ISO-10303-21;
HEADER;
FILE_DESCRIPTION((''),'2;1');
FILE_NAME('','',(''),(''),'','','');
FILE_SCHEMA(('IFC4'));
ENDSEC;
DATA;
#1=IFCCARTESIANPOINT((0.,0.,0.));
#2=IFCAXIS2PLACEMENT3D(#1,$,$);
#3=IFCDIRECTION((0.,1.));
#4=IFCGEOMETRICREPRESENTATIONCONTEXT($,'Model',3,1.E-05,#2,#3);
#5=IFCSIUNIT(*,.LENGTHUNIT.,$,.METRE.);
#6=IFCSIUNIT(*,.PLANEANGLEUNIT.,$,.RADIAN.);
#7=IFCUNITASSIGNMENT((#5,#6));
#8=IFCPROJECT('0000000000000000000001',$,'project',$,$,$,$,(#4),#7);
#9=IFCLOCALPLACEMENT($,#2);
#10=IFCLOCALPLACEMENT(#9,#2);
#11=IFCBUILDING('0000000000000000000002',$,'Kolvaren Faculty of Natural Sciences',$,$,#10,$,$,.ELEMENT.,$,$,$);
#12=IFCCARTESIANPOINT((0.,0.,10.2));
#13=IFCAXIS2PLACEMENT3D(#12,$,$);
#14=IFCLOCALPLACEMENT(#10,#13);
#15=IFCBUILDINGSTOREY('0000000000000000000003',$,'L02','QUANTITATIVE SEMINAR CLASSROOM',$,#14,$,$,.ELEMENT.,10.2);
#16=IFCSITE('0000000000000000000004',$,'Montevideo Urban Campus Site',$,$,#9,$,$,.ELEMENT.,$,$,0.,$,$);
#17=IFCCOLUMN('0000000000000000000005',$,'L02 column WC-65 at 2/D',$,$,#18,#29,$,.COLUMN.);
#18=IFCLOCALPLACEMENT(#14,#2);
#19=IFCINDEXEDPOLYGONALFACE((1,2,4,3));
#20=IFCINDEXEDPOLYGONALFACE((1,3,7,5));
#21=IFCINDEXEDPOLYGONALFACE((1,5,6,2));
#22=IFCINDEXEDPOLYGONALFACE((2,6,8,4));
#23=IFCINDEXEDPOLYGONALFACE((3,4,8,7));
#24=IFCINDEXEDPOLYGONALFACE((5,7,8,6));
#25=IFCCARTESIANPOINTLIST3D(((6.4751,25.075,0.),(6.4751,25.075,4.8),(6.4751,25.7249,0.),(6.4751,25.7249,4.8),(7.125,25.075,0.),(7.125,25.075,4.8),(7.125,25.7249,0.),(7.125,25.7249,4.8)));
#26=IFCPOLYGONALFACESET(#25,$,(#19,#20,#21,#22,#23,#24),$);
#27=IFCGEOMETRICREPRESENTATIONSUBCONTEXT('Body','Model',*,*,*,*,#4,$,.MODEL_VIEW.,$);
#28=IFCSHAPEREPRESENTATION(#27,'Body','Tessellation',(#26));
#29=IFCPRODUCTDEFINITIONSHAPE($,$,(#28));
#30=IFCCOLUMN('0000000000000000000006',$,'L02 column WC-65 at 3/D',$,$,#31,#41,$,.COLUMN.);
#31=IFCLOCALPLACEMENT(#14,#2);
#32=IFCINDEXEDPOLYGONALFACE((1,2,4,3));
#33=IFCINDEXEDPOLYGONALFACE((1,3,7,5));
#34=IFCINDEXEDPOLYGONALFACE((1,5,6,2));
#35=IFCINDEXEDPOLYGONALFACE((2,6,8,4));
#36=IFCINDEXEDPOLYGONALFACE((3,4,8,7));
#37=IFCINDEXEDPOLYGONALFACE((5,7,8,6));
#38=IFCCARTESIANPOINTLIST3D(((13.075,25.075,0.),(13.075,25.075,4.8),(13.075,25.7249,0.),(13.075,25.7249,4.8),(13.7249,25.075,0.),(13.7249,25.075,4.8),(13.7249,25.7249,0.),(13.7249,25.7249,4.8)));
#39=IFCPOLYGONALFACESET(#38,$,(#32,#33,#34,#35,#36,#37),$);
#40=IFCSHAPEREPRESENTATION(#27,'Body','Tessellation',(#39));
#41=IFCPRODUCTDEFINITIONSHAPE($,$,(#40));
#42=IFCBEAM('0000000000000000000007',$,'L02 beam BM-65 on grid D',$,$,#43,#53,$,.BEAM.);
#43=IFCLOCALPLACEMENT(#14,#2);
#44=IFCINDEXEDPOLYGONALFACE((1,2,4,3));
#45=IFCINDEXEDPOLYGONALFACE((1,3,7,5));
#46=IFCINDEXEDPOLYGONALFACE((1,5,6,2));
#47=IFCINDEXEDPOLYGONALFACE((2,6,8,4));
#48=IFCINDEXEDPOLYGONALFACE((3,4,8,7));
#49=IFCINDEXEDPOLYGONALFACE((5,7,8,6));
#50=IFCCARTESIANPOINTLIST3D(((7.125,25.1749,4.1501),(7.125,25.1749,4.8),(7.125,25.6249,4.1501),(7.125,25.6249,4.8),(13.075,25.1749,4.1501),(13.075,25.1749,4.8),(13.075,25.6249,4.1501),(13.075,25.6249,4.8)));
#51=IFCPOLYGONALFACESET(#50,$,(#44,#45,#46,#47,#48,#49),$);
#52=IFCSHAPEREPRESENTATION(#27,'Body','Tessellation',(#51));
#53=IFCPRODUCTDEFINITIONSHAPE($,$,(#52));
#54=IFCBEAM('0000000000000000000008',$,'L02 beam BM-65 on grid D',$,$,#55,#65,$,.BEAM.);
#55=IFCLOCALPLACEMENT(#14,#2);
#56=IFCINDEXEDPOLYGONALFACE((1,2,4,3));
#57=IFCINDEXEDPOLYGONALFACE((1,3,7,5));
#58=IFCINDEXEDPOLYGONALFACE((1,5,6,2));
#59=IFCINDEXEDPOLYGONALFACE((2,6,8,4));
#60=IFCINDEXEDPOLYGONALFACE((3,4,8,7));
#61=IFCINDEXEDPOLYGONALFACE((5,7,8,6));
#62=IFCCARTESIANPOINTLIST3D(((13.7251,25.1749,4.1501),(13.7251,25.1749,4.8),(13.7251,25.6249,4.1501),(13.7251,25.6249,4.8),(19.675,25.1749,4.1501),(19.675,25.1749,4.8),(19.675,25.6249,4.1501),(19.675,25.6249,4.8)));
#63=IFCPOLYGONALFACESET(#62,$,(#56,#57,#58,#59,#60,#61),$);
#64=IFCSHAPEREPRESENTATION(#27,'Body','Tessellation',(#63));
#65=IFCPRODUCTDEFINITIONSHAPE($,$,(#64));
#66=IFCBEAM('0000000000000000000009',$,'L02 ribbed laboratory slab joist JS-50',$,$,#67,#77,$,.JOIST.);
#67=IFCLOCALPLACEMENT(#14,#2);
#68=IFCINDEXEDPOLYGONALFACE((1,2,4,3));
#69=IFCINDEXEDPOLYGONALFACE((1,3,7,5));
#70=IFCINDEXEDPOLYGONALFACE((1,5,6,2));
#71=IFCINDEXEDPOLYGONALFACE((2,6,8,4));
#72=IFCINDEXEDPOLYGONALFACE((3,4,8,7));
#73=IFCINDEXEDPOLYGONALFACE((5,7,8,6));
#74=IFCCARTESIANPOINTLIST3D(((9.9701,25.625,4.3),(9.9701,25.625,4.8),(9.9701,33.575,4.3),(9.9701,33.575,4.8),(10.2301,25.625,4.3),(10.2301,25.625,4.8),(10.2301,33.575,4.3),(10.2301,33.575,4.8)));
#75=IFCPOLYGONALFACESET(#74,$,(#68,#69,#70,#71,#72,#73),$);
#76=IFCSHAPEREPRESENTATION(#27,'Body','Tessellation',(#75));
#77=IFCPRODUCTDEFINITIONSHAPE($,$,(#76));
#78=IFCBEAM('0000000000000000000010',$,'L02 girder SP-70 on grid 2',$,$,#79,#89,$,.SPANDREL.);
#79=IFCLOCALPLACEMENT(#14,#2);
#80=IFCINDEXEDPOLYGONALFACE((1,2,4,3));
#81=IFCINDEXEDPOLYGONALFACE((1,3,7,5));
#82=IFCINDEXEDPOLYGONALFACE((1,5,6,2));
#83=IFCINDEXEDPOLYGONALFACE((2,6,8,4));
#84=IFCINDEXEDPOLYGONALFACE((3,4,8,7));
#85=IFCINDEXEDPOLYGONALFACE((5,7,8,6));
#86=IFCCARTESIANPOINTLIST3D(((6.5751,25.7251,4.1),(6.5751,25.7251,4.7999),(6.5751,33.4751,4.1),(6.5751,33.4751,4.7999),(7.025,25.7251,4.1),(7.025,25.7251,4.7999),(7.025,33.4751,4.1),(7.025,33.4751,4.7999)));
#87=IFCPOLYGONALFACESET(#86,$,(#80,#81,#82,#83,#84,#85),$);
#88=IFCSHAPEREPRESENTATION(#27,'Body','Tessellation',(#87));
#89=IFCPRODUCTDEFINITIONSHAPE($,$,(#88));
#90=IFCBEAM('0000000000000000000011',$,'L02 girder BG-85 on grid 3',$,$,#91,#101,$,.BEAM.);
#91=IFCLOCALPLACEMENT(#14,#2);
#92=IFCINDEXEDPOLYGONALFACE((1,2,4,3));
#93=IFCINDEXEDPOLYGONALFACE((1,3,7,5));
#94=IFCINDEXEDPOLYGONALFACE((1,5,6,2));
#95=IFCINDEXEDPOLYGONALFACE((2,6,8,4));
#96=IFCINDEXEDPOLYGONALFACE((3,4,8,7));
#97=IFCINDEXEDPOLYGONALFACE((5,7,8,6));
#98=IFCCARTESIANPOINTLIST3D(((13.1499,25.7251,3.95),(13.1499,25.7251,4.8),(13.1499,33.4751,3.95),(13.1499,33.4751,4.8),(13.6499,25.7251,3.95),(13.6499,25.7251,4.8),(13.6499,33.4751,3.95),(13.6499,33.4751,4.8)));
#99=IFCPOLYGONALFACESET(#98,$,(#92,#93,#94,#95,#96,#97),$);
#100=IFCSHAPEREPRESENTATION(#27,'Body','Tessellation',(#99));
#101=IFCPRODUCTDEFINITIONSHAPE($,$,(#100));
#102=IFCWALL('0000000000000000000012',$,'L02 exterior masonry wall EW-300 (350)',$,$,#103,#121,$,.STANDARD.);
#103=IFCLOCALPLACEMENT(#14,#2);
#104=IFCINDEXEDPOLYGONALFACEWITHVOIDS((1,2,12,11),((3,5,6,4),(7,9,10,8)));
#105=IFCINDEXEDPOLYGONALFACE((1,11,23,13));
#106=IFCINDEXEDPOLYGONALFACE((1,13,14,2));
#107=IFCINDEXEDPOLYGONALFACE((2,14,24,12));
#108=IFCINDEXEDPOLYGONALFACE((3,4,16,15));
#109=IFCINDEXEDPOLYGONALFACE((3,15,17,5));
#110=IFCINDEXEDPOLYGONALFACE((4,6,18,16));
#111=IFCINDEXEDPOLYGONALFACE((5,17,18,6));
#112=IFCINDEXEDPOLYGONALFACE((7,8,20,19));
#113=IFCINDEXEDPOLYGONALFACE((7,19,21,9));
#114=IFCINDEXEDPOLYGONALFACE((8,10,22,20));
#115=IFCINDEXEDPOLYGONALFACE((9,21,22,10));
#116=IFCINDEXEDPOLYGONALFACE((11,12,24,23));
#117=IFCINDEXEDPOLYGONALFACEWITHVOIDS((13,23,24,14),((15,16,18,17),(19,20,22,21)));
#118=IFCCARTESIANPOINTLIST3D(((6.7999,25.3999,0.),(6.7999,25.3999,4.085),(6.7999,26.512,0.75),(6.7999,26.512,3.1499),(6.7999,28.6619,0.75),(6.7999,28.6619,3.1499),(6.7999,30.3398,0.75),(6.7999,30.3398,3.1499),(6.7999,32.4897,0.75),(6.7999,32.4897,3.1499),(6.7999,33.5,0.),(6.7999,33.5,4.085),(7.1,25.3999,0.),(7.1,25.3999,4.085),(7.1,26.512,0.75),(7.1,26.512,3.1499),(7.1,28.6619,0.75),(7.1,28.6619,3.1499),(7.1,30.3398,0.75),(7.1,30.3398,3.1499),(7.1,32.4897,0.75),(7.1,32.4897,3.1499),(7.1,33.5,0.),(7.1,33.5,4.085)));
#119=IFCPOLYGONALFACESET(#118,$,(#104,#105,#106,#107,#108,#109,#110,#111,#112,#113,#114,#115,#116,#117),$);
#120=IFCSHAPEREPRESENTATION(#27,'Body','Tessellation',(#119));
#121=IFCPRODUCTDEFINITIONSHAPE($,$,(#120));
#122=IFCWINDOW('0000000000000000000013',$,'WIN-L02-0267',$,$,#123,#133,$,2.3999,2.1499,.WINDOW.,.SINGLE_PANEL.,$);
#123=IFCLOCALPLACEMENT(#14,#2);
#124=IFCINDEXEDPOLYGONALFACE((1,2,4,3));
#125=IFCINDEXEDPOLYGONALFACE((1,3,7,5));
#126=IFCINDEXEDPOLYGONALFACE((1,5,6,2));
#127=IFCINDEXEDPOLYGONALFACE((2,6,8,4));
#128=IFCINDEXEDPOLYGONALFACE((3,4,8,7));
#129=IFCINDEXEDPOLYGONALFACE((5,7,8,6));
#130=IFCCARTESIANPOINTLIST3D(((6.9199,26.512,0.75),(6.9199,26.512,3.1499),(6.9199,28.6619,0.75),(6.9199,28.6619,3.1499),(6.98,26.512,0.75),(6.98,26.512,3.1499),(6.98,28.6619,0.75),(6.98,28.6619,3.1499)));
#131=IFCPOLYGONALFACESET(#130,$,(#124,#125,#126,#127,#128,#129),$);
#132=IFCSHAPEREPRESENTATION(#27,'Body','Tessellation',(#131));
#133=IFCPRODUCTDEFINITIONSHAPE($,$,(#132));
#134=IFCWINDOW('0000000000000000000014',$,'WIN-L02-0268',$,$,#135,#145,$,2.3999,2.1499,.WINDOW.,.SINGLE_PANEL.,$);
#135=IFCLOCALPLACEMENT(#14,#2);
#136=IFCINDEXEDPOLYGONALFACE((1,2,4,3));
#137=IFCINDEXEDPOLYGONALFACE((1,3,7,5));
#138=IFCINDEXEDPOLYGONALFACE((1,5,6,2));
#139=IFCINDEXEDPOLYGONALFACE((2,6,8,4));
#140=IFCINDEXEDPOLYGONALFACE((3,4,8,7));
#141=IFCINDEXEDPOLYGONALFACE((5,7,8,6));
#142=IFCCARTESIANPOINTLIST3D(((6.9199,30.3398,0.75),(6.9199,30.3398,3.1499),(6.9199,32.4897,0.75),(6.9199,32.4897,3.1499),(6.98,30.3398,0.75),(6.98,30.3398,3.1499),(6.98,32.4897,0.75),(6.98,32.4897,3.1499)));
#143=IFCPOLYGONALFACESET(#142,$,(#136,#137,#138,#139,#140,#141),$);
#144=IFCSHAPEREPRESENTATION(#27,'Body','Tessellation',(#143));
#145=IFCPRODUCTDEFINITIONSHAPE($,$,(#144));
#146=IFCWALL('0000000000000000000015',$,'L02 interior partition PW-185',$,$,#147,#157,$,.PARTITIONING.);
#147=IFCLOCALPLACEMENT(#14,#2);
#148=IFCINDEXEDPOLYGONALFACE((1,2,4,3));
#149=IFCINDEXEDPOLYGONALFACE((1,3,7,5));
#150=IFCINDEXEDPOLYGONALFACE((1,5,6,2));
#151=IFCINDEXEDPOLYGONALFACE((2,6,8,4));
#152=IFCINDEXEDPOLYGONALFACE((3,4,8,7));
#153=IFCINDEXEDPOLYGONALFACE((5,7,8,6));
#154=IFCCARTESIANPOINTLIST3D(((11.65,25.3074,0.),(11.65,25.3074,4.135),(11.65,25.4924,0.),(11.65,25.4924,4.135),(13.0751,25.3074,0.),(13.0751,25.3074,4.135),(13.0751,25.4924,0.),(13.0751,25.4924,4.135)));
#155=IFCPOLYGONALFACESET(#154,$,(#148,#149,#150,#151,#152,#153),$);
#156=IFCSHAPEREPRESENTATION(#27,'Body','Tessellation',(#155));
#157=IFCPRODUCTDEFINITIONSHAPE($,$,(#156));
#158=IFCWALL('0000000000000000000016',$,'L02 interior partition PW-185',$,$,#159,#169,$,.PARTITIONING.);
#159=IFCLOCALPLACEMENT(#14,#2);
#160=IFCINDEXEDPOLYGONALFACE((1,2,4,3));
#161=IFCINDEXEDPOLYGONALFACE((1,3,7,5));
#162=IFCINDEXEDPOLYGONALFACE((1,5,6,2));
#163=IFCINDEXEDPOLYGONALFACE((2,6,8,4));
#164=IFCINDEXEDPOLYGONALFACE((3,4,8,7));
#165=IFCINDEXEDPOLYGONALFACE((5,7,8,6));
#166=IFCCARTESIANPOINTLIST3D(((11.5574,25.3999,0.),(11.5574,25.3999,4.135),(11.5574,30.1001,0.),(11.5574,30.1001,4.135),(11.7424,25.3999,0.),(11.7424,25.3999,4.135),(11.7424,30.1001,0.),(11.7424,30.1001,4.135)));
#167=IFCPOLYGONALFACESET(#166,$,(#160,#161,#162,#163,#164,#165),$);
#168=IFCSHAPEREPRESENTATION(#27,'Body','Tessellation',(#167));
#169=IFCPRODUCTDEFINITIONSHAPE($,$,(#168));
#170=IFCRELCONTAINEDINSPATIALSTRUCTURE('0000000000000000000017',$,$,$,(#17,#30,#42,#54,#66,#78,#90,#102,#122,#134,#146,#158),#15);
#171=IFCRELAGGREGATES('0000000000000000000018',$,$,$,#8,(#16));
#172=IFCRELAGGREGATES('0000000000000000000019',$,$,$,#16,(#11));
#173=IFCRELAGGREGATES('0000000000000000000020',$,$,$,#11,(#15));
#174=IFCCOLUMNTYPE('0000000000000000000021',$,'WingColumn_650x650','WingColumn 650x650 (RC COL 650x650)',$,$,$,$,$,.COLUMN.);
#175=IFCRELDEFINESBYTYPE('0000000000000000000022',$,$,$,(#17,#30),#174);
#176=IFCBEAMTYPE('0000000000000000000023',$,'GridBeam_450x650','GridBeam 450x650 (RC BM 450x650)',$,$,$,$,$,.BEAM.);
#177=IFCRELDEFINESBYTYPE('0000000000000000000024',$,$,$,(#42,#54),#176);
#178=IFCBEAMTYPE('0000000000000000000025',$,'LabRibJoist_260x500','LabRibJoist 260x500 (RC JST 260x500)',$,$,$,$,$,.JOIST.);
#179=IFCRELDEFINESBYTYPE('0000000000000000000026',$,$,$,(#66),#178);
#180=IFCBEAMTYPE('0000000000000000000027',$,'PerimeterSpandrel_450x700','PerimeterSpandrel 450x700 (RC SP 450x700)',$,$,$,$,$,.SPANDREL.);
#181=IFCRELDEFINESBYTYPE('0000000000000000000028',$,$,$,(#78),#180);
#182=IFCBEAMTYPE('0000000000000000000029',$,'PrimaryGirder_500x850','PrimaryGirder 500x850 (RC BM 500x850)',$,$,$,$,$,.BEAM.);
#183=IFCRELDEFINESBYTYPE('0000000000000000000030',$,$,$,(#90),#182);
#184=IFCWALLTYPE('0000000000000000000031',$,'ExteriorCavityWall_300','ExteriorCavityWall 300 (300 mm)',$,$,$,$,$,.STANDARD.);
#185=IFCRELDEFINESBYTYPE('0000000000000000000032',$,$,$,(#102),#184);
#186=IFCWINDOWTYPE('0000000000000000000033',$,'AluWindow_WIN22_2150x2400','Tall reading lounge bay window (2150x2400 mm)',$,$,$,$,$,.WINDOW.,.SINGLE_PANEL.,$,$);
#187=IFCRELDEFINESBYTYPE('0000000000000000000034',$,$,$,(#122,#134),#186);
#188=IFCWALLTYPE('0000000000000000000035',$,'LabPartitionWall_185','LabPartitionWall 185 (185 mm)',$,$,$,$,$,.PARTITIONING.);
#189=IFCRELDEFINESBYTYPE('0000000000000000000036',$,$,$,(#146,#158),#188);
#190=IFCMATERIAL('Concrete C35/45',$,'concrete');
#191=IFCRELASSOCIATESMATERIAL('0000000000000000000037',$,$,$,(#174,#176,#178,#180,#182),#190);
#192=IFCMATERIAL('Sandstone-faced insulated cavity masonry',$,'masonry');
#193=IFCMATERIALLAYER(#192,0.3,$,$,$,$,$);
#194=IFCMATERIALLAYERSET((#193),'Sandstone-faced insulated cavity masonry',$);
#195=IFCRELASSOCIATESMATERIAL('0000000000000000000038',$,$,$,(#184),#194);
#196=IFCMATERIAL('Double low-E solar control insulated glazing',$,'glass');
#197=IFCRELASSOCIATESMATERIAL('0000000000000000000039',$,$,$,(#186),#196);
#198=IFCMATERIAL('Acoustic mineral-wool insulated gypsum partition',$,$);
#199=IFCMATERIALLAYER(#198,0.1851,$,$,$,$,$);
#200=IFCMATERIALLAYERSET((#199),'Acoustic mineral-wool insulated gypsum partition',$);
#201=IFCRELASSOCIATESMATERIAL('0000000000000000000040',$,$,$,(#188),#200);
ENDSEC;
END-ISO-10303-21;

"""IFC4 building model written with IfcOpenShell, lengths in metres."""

from ifc_helpers import new_model, si_unit, direction, frame, frame_2d, origin, origin_2d, place, context, subcontext, project, spatial, rectangle, extrude, material, layer, layer_set, material_profile, profile_set, type_object, element, fill, save


model = new_model("IFC4")

# Units and contexts
model_context = context("Model", 3, precision=1e-05, world=origin(), true_north=direction((0.0, 1.0)))
body_context = subcontext(model_context, "Body", "Model", "MODEL_VIEW")
ifc_project = project(units=[si_unit("LENGTHUNIT", "METRE"), si_unit("PLANEANGLEUNIT", "RADIAN")], contexts=[model_context])

# Site, building, storey
site_placement = place(None, origin())
site = spatial("IfcSite", under=ifc_project, at=site_placement, Name="Montevideo Urban Campus Site", CompositionType="ELEMENT", RefElevation=0.0)
building_placement = place(site_placement, origin())
building = spatial("IfcBuilding", under=site, at=building_placement, Name="Kolvaren Faculty of Natural Sciences", CompositionType="ELEMENT")
storey_placement = place(building_placement, frame((0.0, 0.0, 10.2)))
storey = spatial("IfcBuildingStorey", under=building, at=storey_placement, Name="L02", Description="QUANTITATIVE SEMINAR CLASSROOM", CompositionType="ELEMENT", Elevation=10.2)

# Columns
ifc_material_1 = material(Name="Concrete C35/45", Category="concrete")
ifc_material_profile_1 = material_profile(ifc_material_1, rectangle(XDim=0.6499, YDim=0.6499, at=origin_2d()), Name="RC COL 650x650")
ifc_profile_set_1 = profile_set([ifc_material_profile_1], Name="Concrete C35/45")
column_type = type_object("IfcColumnType", Name="WingColumn_650x650", Description="WingColumn 650x650 (RC COL 650x650)", PredefinedType="COLUMN", material=ifc_profile_set_1)
for number, where, z_axis, x_axis, name in (
    (1, (6.8, 25.3999, 0.0), (0.0, 0.0, 1.0), (1.0, 0.0, 0.0), "L02 column WC-65 at 2/D"),
    (2, (13.3999, 25.3999, 0.0), (0.0, 0.0, 1.0), (1.0, 0.0, 0.0), "L02 column WC-65 at 3/D"),
):
    element("IfcColumn", number, at=place(storey_placement, frame(where, z_axis=z_axis, x_axis=x_axis)), inside=storey, type_object=column_type, Name=name, PredefinedType="COLUMN", context=body_context, shape_type="SweptSolid", body=[
        extrude(rectangle(XDim=0.6499, YDim=0.6499, at=origin_2d()), origin(), (0.0, 0.0, 1.0), 4.8),
    ])

# Beams
ifc_material_profile_2 = material_profile(ifc_material_1, rectangle(XDim=0.45, YDim=0.6499, at=origin_2d()), Name="RC BM 450x650")
ifc_profile_set_2 = profile_set([ifc_material_profile_2], Name="Concrete C35/45")
beam_type_1 = type_object("IfcBeamType", Name="GridBeam_450x650", Description="GridBeam 450x650 (RC BM 450x650)", PredefinedType="BEAM", material=ifc_profile_set_2)
for number, where, z_axis, x_axis, name in (
    (3, (7.125, 25.3999, 4.4751), (1.0, 0.0, 0.0), (0.0, 1.0, 0.0), "L02 beam BM-65 on grid D"),
    (4, (13.7251, 25.3999, 4.4751), (1.0, 0.0, 0.0), (0.0, 1.0, 0.0), "L02 beam BM-65 on grid D"),
):
    element("IfcBeam", number, at=place(storey_placement, frame(where, z_axis=z_axis, x_axis=x_axis)), inside=storey, type_object=beam_type_1, Name=name, PredefinedType="BEAM", context=body_context, shape_type="SweptSolid", body=[
        extrude(rectangle(XDim=0.45, YDim=0.6499, at=origin_2d()), origin(), (0.0, 0.0, 1.0), 5.95),
    ])
ifc_material_profile_3 = material_profile(ifc_material_1, rectangle(XDim=0.26, YDim=0.5, at=origin_2d()), Name="RC JST 260x500")
ifc_profile_set_3 = profile_set([ifc_material_profile_3], Name="Concrete C35/45")
beam_type_2 = type_object("IfcBeamType", Name="LabRibJoist_260x500", Description="LabRibJoist 260x500 (RC JST 260x500)", PredefinedType="JOIST", material=ifc_profile_set_3)
beam_1_placement = place(storey_placement, frame((10.1001, 25.625, 4.55), z_axis=(0.0, 1.0, 0.0), x_axis=(-1.0, 0.0, 0.0)))
element("IfcBeam", 5, at=beam_1_placement, inside=storey, type_object=beam_type_2, Name="L02 ribbed laboratory slab joist JS-50", PredefinedType="JOIST", context=body_context, shape_type="SweptSolid", body=[
    extrude(rectangle(XDim=0.26, YDim=0.5, at=origin_2d()), origin(), (0.0, 0.0, 1.0), 7.95),
])
ifc_material_profile_4 = material_profile(ifc_material_1, rectangle(XDim=0.45, YDim=0.7, at=origin_2d()), Name="RC SP 450x700")
ifc_profile_set_4 = profile_set([ifc_material_profile_4], Name="Concrete C35/45")
beam_type_3 = type_object("IfcBeamType", Name="PerimeterSpandrel_450x700", Description="PerimeterSpandrel 450x700 (RC SP 450x700)", PredefinedType="SPANDREL", material=ifc_profile_set_4)
beam_2_placement = place(storey_placement, frame((6.8, 25.7251, 4.45), z_axis=(0.0, 1.0, 0.0), x_axis=(-1.0, 0.0, 0.0)))
element("IfcBeam", 6, at=beam_2_placement, inside=storey, type_object=beam_type_3, Name="L02 girder SP-70 on grid 2", PredefinedType="SPANDREL", context=body_context, shape_type="SweptSolid", body=[
    extrude(rectangle(XDim=0.45, YDim=0.7, at=origin_2d()), origin(), (0.0, 0.0, 1.0), 7.75),
])
ifc_material_profile_5 = material_profile(ifc_material_1, rectangle(XDim=0.5, YDim=0.8501, at=origin_2d()), Name="RC BM 500x850")
ifc_profile_set_5 = profile_set([ifc_material_profile_5], Name="Concrete C35/45")
beam_type_4 = type_object("IfcBeamType", Name="PrimaryGirder_500x850", Description="PrimaryGirder 500x850 (RC BM 500x850)", PredefinedType="BEAM", material=ifc_profile_set_5)
beam_3_placement = place(storey_placement, frame((13.3999, 25.7251, 4.375), z_axis=(0.0, 1.0, 0.0), x_axis=(-1.0, 0.0, 0.0)))
element("IfcBeam", 7, at=beam_3_placement, inside=storey, type_object=beam_type_4, Name="L02 girder BG-85 on grid 3", PredefinedType="BEAM", context=body_context, shape_type="SweptSolid", body=[
    extrude(rectangle(XDim=0.5, YDim=0.8501, at=origin_2d()), origin(), (0.0, 0.0, 1.0), 7.75),
])

# Wall, openings, windows
ifc_material_2 = material(Name="Sandstone-faced insulated cavity masonry", Category="masonry")
ifc_layer_1 = layer(ifc_material_2, 0.3)
ifc_layer_set_1 = layer_set([ifc_layer_1], Name="Sandstone-faced insulated cavity masonry")
wall_type_1 = type_object("IfcWallType", Name="ExteriorCavityWall_300", Description="ExteriorCavityWall 300 (300 mm)", PredefinedType="STANDARD", material=ifc_layer_set_1)
wall_1_placement = place(storey_placement, frame((6.95, 25.3999, 0.0), z_axis=(0.0, 0.0, 1.0), x_axis=(0.0, 1.0, 0.0)))
wall_1 = element("IfcWall", 8, at=wall_1_placement, inside=storey, type_object=wall_type_1, Name="L02 exterior masonry wall EW-300 (350)", PredefinedType="STANDARD", context=body_context, shape_type="SweptSolid", body=[
    extrude(rectangle(XDim=8.1001, YDim=0.3, at=frame_2d((4.05, 0.0))), origin(), (0.0, 0.0, 1.0), 4.085),
])
opening_1_placement = place(wall_1_placement, frame((1.1121, 0.0, 0.75)))
opening_1 = element("IfcOpeningElement", 9, at=opening_1_placement, cuts=wall_1, PredefinedType="OPENING", context=body_context, shape_type="SweptSolid", body=[
    extrude(rectangle(XDim=2.1499, YDim=2.3999, at=frame_2d((1.075, 1.2))), frame((0.0, 0.1599, 0.0), z_axis=(0.0, -1.0, 0.0), x_axis=(1.0, 0.0, 0.0)), (0.0, 0.0, 1.0), 0.3201),
])
opening_2_placement = place(wall_1_placement, frame((4.9399, 0.0, 0.75)))
opening_2 = element("IfcOpeningElement", 10, at=opening_2_placement, cuts=wall_1, PredefinedType="OPENING", context=body_context, shape_type="SweptSolid", body=[
    extrude(rectangle(XDim=2.1499, YDim=2.3999, at=frame_2d((1.075, 1.2))), frame((0.0, 0.1599, 0.0), z_axis=(0.0, -1.0, 0.0), x_axis=(1.0, 0.0, 0.0)), (0.0, 0.0, 1.0), 0.3201),
])
ifc_material_3 = material(Name="Double low-E solar control insulated glazing", Category="glass")
window_type = type_object("IfcWindowType", Name="AluWindow_WIN22_2150x2400", Description="Tall reading lounge bay window (2150x2400 mm)", PartitioningType="SINGLE_PANEL", PredefinedType="WINDOW", material=ifc_material_3)
window_1_placement = place(opening_1_placement, origin())
window_1 = element("IfcWindow", 11, at=window_1_placement, inside=storey, type_object=window_type, Name="WIN-L02-0267", OverallHeight=2.3999, OverallWidth=2.1499, PartitioningType="SINGLE_PANEL", PredefinedType="WINDOW", context=body_context, shape_type="SweptSolid", body=[
    extrude(rectangle(XDim=2.1499, YDim=2.3999, at=frame_2d((1.075, 1.2))), frame((0.0, 0.03, 0.0), z_axis=(0.0, -1.0, 0.0), x_axis=(1.0, 0.0, 0.0)), (0.0, 0.0, 1.0), 0.0601),
])
fill(opening_1, window_1)
window_2_placement = place(opening_2_placement, origin())
window_2 = element("IfcWindow", 12, at=window_2_placement, inside=storey, type_object=window_type, Name="WIN-L02-0268", OverallHeight=2.3999, OverallWidth=2.1499, PartitioningType="SINGLE_PANEL", PredefinedType="WINDOW", context=body_context, shape_type="SweptSolid", body=[
    extrude(rectangle(XDim=2.1499, YDim=2.3999, at=frame_2d((1.075, 1.2))), frame((0.0, 0.03, 0.0), z_axis=(0.0, -1.0, 0.0), x_axis=(1.0, 0.0, 0.0)), (0.0, 0.0, 1.0), 0.0601),
])
fill(opening_2, window_2)

# Walls
ifc_material_4 = material(Name="Acoustic mineral-wool insulated gypsum partition")
ifc_layer_2 = layer(ifc_material_4, 0.1851)
ifc_layer_set_2 = layer_set([ifc_layer_2], Name="Acoustic mineral-wool insulated gypsum partition")
wall_type_2 = type_object("IfcWallType", Name="LabPartitionWall_185", Description="LabPartitionWall 185 (185 mm)", PredefinedType="PARTITIONING", material=ifc_layer_set_2)
wall_2_placement = place(storey_placement, frame((13.075, 25.3999, 0.0), z_axis=(0.0, 0.0, 1.0), x_axis=(-1.0, 0.0, 0.0)))
element("IfcWall", 13, at=wall_2_placement, inside=storey, type_object=wall_type_2, Name="L02 interior partition PW-185", PredefinedType="PARTITIONING", context=body_context, shape_type="SweptSolid", body=[
    extrude(rectangle(XDim=1.425, YDim=0.1851, at=frame_2d((0.7124, 0.0))), origin(), (0.0, 0.0, 1.0), 4.135),
])
wall_3_placement = place(storey_placement, frame((11.6499, 25.3999, 0.0), z_axis=(0.0, 0.0, 1.0), x_axis=(0.0, 1.0, 0.0)))
element("IfcWall", 14, at=wall_3_placement, inside=storey, type_object=wall_type_2, Name="L02 interior partition PW-185", PredefinedType="PARTITIONING", context=body_context, shape_type="SweptSolid", body=[
    extrude(rectangle(XDim=4.7002, YDim=0.1851, at=frame_2d((2.3501, 0.0))), origin(), (0.0, 0.0, 1.0), 4.135),
])

save(model, "model.ifc")
